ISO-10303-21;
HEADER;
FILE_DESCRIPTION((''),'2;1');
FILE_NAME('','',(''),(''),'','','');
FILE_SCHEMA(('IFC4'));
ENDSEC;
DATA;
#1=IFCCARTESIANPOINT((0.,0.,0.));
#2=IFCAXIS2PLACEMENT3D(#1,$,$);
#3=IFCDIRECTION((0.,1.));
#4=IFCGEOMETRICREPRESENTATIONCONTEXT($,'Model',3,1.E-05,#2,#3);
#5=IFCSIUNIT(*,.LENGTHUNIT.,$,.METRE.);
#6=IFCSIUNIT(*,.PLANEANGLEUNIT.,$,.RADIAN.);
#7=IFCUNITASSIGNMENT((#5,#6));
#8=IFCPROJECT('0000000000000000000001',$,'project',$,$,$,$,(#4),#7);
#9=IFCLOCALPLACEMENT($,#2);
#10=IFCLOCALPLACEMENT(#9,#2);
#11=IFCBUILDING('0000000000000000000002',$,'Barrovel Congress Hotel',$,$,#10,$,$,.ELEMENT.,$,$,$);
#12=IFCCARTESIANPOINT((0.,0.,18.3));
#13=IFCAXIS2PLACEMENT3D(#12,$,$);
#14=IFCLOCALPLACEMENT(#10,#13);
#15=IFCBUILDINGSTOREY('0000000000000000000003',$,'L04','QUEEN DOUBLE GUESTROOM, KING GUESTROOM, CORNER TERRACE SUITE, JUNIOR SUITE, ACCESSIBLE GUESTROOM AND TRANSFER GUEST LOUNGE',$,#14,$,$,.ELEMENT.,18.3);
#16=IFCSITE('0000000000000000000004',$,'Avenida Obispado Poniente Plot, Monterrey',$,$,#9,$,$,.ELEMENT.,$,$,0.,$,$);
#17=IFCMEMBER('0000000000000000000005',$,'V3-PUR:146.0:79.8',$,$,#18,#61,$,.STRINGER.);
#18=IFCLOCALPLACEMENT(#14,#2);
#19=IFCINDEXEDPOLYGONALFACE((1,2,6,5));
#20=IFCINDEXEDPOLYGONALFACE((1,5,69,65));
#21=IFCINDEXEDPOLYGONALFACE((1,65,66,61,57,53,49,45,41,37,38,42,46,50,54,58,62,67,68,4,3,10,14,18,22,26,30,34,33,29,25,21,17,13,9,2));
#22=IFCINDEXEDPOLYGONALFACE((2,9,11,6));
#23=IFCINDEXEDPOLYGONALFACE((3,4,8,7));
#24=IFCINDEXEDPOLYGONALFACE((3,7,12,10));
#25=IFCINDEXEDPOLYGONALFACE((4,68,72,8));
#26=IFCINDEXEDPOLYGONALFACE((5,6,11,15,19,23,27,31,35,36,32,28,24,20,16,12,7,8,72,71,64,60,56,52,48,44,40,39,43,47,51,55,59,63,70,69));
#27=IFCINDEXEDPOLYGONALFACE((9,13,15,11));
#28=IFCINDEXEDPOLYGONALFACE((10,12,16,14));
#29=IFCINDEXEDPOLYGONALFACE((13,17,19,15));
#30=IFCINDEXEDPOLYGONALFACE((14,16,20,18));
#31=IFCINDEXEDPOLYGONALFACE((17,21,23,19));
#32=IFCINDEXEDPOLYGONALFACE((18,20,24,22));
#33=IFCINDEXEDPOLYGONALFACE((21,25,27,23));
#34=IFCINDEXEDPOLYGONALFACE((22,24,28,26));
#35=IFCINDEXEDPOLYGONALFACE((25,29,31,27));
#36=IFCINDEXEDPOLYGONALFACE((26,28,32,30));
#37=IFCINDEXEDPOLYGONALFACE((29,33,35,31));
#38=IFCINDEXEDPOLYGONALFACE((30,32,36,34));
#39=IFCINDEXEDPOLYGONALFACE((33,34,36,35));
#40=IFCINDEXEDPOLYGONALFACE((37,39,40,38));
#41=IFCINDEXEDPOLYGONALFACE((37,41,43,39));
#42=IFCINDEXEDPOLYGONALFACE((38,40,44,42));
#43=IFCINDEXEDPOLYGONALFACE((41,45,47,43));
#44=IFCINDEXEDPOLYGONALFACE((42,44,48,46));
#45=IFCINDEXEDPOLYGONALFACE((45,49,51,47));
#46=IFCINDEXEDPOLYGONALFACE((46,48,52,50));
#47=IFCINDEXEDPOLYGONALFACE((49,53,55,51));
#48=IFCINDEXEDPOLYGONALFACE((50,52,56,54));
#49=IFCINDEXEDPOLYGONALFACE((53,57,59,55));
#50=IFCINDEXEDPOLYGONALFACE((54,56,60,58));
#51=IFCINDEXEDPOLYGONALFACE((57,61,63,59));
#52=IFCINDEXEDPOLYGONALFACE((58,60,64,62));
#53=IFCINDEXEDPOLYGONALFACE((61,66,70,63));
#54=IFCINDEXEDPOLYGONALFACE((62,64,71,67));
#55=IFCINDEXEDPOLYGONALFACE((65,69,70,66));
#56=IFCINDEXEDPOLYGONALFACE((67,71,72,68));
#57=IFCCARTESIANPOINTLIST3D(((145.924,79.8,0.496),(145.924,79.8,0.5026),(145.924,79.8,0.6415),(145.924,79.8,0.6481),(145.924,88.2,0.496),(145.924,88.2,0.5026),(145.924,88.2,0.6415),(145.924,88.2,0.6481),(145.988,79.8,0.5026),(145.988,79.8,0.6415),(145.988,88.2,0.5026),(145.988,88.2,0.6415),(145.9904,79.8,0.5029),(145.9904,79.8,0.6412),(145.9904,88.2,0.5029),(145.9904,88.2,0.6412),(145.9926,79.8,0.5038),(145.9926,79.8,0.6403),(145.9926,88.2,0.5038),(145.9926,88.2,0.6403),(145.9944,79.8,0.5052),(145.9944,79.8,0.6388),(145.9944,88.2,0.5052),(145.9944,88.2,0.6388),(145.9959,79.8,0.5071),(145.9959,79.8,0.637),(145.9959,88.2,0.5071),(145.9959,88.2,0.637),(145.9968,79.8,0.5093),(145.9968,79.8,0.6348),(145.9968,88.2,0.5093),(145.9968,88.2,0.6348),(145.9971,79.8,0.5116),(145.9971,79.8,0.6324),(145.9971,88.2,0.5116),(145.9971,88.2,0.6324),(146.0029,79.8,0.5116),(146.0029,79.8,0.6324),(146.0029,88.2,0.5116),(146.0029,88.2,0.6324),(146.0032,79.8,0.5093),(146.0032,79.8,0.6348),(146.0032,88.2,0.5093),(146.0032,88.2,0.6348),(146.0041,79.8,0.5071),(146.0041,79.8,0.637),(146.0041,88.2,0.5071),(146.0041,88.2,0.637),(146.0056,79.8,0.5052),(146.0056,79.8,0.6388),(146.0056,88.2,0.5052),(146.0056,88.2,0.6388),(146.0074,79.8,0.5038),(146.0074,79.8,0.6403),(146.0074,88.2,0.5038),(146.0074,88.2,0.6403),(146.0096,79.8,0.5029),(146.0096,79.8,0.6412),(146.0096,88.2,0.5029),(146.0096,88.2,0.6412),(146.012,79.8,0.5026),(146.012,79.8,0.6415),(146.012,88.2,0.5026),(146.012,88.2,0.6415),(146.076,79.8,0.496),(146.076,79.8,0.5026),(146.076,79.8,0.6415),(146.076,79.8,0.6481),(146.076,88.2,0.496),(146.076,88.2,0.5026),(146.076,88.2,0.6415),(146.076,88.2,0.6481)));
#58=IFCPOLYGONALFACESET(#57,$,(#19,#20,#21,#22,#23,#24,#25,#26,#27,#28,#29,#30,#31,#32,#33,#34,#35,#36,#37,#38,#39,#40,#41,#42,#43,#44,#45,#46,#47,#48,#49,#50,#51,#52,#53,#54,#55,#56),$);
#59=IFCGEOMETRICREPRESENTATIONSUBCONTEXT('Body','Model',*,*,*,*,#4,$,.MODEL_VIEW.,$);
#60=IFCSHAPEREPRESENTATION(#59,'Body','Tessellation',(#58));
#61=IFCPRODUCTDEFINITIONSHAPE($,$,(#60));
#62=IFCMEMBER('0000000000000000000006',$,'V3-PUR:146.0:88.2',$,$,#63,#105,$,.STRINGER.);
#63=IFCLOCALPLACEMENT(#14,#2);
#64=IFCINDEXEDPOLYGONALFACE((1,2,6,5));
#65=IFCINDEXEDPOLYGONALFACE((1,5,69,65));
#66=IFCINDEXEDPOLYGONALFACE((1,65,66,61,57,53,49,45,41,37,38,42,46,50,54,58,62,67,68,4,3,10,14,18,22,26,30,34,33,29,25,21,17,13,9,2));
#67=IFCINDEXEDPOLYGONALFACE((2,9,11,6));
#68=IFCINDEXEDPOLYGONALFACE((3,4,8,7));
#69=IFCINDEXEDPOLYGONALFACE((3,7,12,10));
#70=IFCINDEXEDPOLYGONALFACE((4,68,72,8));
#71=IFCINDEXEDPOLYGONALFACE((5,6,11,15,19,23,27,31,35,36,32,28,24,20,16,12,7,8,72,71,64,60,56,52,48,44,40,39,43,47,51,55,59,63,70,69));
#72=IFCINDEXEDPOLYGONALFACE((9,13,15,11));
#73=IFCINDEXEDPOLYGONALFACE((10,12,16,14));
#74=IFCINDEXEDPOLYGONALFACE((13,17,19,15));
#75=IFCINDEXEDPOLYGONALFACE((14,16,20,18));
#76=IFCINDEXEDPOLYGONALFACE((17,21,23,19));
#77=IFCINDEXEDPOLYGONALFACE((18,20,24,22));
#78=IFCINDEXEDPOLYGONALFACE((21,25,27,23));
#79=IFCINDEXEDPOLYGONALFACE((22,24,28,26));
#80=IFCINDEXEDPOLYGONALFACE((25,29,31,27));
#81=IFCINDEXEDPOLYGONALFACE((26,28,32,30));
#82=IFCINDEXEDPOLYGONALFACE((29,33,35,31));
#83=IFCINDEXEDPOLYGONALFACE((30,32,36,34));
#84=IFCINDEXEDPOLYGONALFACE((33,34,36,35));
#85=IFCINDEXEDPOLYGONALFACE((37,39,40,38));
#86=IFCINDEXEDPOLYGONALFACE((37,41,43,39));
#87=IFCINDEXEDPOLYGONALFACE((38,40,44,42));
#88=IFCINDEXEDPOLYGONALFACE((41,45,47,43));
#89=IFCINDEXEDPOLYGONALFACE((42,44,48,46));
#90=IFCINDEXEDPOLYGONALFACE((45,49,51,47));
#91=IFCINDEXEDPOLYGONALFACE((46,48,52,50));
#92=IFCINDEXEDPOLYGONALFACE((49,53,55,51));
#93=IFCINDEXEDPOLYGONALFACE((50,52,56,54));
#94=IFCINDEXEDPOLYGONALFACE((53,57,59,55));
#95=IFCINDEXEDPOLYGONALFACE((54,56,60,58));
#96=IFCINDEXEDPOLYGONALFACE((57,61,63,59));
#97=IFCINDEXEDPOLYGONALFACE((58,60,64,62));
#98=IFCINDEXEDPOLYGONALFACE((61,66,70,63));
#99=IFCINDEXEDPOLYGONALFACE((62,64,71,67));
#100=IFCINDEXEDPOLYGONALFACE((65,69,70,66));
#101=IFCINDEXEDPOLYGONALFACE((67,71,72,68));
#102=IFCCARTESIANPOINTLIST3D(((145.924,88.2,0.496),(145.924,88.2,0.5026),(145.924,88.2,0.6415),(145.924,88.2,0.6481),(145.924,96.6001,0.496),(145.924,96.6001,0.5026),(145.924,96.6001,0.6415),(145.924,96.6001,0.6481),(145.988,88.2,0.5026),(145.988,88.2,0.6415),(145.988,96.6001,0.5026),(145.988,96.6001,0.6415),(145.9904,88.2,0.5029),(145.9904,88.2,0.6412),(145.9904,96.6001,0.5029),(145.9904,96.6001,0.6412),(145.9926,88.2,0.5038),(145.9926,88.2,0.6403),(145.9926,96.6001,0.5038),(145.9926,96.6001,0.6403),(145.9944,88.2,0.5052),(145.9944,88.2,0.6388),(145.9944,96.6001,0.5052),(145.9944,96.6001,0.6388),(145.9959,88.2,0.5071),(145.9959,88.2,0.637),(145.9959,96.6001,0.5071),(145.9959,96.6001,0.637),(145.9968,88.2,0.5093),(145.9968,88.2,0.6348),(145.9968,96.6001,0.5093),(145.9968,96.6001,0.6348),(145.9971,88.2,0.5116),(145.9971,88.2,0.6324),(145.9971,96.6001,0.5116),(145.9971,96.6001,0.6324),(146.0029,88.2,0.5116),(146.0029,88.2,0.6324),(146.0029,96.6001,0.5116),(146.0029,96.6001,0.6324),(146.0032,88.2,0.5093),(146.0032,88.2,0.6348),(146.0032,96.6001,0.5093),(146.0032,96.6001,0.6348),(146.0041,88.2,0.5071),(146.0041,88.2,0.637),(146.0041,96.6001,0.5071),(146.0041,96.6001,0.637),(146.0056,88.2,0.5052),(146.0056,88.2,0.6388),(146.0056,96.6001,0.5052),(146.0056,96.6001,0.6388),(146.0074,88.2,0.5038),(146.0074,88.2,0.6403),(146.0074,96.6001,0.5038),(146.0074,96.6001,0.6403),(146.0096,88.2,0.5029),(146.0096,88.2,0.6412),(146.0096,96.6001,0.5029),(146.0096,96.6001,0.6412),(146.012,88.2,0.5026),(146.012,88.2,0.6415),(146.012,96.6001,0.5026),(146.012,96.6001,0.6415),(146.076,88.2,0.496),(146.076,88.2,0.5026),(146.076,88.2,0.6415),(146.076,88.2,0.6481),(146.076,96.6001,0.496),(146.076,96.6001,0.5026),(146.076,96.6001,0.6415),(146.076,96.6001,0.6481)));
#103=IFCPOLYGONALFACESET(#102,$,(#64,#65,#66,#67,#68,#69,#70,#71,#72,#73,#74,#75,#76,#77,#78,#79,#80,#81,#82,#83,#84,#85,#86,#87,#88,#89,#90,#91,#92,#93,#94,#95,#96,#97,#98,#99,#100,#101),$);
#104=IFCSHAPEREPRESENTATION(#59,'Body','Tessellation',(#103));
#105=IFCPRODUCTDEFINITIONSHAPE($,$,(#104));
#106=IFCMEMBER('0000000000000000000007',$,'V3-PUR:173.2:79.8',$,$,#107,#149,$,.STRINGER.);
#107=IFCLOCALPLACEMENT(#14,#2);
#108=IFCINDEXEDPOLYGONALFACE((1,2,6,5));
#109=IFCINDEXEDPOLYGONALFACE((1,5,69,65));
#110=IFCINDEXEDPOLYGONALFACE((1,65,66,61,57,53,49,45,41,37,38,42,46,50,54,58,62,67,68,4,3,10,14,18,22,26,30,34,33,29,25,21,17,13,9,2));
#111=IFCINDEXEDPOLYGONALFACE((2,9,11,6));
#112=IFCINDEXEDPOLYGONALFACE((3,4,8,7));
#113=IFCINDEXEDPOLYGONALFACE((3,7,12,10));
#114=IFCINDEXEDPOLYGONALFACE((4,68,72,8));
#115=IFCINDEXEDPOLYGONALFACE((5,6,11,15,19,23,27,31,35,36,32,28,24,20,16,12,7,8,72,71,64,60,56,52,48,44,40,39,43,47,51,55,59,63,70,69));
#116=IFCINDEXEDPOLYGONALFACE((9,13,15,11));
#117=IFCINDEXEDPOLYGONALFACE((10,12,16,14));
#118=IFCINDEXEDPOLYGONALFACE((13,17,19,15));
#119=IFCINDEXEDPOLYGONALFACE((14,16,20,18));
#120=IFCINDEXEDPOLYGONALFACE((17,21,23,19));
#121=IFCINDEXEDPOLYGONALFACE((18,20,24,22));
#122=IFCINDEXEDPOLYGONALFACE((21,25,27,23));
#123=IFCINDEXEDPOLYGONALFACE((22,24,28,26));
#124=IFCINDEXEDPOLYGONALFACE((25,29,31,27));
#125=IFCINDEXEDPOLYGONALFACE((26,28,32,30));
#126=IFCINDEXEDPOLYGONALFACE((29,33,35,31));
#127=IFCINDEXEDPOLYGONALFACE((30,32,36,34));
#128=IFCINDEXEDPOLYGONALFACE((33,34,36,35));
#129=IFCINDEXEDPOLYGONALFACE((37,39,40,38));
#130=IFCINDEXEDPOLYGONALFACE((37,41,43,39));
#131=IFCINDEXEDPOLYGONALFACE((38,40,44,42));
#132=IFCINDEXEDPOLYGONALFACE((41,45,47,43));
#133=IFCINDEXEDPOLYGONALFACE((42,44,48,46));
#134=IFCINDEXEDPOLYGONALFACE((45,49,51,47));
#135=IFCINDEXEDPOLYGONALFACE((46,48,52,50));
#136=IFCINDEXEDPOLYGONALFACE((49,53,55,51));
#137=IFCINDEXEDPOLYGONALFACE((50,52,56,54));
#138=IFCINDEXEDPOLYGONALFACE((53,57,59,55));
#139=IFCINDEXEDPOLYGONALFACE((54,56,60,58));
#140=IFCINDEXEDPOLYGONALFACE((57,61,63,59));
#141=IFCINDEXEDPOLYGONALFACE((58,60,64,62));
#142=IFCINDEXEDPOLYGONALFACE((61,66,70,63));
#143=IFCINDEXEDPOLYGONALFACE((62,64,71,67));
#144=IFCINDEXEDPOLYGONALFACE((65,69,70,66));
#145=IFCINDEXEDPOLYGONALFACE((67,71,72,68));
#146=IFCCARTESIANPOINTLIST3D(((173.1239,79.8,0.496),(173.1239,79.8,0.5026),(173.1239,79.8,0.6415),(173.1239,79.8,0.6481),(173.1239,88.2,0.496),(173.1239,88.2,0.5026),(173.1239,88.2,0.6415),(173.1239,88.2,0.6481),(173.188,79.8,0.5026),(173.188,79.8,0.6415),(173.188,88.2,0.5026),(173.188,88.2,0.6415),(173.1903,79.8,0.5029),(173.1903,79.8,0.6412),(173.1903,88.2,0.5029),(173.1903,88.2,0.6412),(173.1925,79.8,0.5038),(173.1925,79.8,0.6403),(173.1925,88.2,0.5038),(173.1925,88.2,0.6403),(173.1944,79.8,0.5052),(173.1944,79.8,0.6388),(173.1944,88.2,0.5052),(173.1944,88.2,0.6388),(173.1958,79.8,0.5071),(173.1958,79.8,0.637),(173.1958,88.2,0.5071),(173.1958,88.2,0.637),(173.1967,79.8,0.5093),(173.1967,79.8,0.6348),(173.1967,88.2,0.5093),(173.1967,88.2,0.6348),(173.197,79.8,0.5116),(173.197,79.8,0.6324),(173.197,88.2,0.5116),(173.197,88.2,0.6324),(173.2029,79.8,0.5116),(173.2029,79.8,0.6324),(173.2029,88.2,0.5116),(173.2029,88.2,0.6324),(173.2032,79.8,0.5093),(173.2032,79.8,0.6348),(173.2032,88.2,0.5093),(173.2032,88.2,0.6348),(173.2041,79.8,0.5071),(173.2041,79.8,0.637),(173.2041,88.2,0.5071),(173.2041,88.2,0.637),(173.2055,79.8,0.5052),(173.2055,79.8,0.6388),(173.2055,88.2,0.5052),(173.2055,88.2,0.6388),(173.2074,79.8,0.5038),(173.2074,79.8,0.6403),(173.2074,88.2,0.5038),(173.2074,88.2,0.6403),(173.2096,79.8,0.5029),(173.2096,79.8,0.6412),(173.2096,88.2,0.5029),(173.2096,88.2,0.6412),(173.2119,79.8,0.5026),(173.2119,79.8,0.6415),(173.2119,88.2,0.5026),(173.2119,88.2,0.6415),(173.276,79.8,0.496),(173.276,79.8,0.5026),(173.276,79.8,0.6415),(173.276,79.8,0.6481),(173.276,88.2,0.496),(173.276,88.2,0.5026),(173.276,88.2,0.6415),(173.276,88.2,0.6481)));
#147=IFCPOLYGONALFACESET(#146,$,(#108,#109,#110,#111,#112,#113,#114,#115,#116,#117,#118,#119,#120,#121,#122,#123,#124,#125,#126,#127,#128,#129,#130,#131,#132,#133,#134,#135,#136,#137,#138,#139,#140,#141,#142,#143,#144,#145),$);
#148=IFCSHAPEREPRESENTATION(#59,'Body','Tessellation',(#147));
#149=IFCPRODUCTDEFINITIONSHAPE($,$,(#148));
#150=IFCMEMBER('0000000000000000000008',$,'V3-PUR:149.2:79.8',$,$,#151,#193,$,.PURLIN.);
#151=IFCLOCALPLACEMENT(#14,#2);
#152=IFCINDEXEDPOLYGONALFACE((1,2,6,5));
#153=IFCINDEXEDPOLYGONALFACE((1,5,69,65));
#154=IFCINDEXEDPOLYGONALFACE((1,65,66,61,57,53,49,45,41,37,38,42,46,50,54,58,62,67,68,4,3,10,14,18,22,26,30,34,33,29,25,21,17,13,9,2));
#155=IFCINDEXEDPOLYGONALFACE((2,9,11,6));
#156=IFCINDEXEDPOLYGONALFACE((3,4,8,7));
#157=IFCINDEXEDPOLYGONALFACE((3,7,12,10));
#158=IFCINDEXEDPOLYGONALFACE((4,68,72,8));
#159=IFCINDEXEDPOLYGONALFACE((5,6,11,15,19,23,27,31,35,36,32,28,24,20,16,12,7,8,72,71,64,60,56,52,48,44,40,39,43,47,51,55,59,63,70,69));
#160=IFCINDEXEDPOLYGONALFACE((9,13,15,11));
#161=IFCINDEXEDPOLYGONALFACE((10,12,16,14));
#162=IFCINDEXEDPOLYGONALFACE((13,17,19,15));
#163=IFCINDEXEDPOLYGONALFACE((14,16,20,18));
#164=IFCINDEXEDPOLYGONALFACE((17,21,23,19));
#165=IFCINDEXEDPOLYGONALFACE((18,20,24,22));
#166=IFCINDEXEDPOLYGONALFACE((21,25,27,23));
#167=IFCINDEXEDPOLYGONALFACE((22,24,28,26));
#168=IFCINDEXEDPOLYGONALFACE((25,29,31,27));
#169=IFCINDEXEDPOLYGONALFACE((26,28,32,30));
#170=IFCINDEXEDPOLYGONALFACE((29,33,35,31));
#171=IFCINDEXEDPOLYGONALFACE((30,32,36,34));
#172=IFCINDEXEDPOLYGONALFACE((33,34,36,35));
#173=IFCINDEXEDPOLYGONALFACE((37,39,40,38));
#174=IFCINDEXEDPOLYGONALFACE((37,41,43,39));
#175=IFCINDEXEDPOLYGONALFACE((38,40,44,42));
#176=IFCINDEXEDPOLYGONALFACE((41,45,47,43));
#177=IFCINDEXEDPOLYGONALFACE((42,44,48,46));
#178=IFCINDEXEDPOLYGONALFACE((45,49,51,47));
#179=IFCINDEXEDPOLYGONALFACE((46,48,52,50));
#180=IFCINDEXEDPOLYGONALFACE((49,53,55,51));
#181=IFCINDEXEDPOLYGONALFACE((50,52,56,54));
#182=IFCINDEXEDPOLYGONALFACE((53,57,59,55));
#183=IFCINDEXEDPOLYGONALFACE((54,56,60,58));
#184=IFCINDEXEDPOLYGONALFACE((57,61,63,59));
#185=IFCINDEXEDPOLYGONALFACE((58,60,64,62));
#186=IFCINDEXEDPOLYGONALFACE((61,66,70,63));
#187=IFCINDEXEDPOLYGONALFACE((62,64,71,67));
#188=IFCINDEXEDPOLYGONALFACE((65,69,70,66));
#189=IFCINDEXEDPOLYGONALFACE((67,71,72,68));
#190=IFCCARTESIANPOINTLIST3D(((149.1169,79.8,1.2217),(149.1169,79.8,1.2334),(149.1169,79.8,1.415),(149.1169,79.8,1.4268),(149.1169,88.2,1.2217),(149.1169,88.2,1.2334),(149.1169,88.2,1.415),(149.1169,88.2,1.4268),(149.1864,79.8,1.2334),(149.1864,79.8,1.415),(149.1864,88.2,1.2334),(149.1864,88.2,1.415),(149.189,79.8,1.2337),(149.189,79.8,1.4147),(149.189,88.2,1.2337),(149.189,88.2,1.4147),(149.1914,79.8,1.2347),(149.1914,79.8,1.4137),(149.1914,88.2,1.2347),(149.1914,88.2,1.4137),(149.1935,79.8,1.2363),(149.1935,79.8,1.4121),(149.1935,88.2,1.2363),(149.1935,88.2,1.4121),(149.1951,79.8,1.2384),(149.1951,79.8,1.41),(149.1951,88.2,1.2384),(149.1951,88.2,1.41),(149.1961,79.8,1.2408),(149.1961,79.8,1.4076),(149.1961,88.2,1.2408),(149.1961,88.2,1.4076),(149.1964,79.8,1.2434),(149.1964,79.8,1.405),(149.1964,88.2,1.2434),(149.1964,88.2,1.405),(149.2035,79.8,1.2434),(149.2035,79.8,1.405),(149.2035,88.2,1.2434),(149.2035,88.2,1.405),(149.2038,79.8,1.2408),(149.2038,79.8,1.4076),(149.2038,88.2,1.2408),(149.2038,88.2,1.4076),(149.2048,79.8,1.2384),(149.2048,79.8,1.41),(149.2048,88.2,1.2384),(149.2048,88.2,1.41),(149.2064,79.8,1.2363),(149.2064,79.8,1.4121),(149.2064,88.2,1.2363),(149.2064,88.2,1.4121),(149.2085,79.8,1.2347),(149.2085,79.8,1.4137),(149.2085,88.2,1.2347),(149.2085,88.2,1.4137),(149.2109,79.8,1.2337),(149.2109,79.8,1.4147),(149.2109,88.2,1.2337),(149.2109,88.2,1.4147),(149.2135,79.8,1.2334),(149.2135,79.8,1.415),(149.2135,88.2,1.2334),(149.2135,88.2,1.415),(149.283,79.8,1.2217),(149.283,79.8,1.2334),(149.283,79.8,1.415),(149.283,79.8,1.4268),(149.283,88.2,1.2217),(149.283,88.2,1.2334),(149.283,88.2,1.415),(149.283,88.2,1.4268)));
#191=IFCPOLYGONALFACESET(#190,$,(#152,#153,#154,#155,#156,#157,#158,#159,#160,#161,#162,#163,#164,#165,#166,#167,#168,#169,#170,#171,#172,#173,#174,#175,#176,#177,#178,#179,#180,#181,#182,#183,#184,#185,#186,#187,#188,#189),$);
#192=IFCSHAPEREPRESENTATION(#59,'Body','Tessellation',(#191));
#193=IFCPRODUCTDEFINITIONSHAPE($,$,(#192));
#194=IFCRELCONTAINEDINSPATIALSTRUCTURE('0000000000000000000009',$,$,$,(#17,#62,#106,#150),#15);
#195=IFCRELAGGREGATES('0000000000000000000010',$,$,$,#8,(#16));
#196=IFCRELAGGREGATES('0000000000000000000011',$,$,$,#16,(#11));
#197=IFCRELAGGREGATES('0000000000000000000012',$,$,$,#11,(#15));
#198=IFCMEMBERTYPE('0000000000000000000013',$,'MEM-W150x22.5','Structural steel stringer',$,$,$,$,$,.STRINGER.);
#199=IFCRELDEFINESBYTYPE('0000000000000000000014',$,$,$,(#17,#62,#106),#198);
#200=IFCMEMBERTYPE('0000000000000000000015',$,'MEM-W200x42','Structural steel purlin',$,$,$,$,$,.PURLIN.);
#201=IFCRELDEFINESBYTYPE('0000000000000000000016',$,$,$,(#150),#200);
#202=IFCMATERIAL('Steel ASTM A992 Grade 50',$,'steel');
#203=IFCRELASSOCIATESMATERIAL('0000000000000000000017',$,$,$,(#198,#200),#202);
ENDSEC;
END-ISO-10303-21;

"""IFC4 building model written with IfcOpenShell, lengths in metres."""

from ifc_helpers import new_model, si_unit, direction, frame, origin, origin_2d, place, context, subcontext, project, spatial, i_section, extrude, material, material_profile, profile_set, type_object, element, save


model = new_model("IFC4")

# Units and contexts
model_context = context("Model", 3, precision=1e-05, world=origin(), true_north=direction((0.0, 1.0)))
body_context = subcontext(model_context, "Body", "Model", "MODEL_VIEW")
ifc_project = project(units=[si_unit("LENGTHUNIT", "METRE"), si_unit("PLANEANGLEUNIT", "RADIAN")], contexts=[model_context])

# Site, building, storey
site_placement = place(None, origin())
site = spatial("IfcSite", under=ifc_project, at=site_placement, Name="Avenida Obispado Poniente Plot, Monterrey", CompositionType="ELEMENT", RefElevation=0.0)
building_placement = place(site_placement, origin())
building = spatial("IfcBuilding", under=site, at=building_placement, Name="Barrovel Congress Hotel", CompositionType="ELEMENT")
storey_placement = place(building_placement, frame((0.0, 0.0, 18.3)))
storey = spatial("IfcBuildingStorey", under=building, at=storey_placement, Name="L04", Description="QUEEN DOUBLE GUESTROOM, KING GUESTROOM, CORNER TERRACE SUITE, JUNIOR SUITE, ACCESSIBLE GUESTROOM AND TRANSFER GUEST LOUNGE", CompositionType="ELEMENT", Elevation=18.3)

# Members
ifc_material_1 = material(Name="Steel ASTM A992 Grade 50", Category="steel")
ifc_material_profile_1 = material_profile(ifc_material_1, i_section(OverallWidth=0.1521, OverallDepth=0.1521, WebThickness=0.0059, FlangeThickness=0.0066, FilletRadius=0.009, at=origin_2d()), Name="W150x22.5")
ifc_profile_set_1 = profile_set([ifc_material_profile_1], Name="Steel ASTM A992 Grade 50")
member_type_1 = type_object("IfcMemberType", Name="MEM-W150x22.5", Description="Structural steel stringer", PredefinedType="STRINGER", material=ifc_profile_set_1)
member_1_placement = place(storey_placement, frame((146.0, 79.8, 0.572), z_axis=(0.0, 1.0, 0.0), x_axis=(-1.0, 0.0, 0.0)))
element("IfcMember", 1, at=member_1_placement, inside=storey, type_object=member_type_1, Name="V3-PUR:146.0:79.8", PredefinedType="STRINGER", context=body_context, shape_type="SweptSolid", body=[
    extrude(i_section(OverallWidth=0.1521, OverallDepth=0.1521, WebThickness=0.0059, FlangeThickness=0.0066, FilletRadius=0.009, at=origin_2d()), origin(), (0.0, 0.0, 1.0), 8.3999),
])
member_2_placement = place(storey_placement, frame((146.0, 88.2, 0.572), z_axis=(0.0, 1.0, 0.0), x_axis=(-1.0, 0.0, 0.0)))
element("IfcMember", 2, at=member_2_placement, inside=storey, type_object=member_type_1, Name="V3-PUR:146.0:88.2", PredefinedType="STRINGER", context=body_context, shape_type="SweptSolid", body=[
    extrude(i_section(OverallWidth=0.1521, OverallDepth=0.1521, WebThickness=0.0059, FlangeThickness=0.0066, FilletRadius=0.009, at=origin_2d()), origin(), (0.0, 0.0, 1.0), 8.4001),
])
member_3_placement = place(storey_placement, frame((173.2, 79.8, 0.572), z_axis=(0.0, 1.0, 0.0), x_axis=(-1.0, 0.0, 0.0)))
element("IfcMember", 3, at=member_3_placement, inside=storey, type_object=member_type_1, Name="V3-PUR:173.2:79.8", PredefinedType="STRINGER", context=body_context, shape_type="SweptSolid", body=[
    extrude(i_section(OverallWidth=0.1521, OverallDepth=0.1521, WebThickness=0.0059, FlangeThickness=0.0066, FilletRadius=0.009, at=origin_2d()), origin(), (0.0, 0.0, 1.0), 8.3999),
])
ifc_material_profile_2 = material_profile(ifc_material_1, i_section(OverallWidth=0.166, OverallDepth=0.2051, WebThickness=0.0071, FlangeThickness=0.0117, FilletRadius=0.01, at=origin_2d()), Name="W200x42")
ifc_profile_set_2 = profile_set([ifc_material_profile_2], Name="Steel ASTM A992 Grade 50")
member_type_2 = type_object("IfcMemberType", Name="MEM-W200x42", Description="Structural steel purlin", PredefinedType="PURLIN", material=ifc_profile_set_2)
member_4_placement = place(storey_placement, frame((149.2, 79.8, 1.3242), z_axis=(0.0, 1.0, 0.0), x_axis=(-1.0, 0.0, 0.0)))
element("IfcMember", 4, at=member_4_placement, inside=storey, type_object=member_type_2, Name="V3-PUR:149.2:79.8", PredefinedType="PURLIN", context=body_context, shape_type="SweptSolid", body=[
    extrude(i_section(OverallWidth=0.166, OverallDepth=0.2051, WebThickness=0.0071, FlangeThickness=0.0117, FilletRadius=0.01, at=origin_2d()), origin(), (0.0, 0.0, 1.0), 8.3999),
])

save(model, "model.ifc")
